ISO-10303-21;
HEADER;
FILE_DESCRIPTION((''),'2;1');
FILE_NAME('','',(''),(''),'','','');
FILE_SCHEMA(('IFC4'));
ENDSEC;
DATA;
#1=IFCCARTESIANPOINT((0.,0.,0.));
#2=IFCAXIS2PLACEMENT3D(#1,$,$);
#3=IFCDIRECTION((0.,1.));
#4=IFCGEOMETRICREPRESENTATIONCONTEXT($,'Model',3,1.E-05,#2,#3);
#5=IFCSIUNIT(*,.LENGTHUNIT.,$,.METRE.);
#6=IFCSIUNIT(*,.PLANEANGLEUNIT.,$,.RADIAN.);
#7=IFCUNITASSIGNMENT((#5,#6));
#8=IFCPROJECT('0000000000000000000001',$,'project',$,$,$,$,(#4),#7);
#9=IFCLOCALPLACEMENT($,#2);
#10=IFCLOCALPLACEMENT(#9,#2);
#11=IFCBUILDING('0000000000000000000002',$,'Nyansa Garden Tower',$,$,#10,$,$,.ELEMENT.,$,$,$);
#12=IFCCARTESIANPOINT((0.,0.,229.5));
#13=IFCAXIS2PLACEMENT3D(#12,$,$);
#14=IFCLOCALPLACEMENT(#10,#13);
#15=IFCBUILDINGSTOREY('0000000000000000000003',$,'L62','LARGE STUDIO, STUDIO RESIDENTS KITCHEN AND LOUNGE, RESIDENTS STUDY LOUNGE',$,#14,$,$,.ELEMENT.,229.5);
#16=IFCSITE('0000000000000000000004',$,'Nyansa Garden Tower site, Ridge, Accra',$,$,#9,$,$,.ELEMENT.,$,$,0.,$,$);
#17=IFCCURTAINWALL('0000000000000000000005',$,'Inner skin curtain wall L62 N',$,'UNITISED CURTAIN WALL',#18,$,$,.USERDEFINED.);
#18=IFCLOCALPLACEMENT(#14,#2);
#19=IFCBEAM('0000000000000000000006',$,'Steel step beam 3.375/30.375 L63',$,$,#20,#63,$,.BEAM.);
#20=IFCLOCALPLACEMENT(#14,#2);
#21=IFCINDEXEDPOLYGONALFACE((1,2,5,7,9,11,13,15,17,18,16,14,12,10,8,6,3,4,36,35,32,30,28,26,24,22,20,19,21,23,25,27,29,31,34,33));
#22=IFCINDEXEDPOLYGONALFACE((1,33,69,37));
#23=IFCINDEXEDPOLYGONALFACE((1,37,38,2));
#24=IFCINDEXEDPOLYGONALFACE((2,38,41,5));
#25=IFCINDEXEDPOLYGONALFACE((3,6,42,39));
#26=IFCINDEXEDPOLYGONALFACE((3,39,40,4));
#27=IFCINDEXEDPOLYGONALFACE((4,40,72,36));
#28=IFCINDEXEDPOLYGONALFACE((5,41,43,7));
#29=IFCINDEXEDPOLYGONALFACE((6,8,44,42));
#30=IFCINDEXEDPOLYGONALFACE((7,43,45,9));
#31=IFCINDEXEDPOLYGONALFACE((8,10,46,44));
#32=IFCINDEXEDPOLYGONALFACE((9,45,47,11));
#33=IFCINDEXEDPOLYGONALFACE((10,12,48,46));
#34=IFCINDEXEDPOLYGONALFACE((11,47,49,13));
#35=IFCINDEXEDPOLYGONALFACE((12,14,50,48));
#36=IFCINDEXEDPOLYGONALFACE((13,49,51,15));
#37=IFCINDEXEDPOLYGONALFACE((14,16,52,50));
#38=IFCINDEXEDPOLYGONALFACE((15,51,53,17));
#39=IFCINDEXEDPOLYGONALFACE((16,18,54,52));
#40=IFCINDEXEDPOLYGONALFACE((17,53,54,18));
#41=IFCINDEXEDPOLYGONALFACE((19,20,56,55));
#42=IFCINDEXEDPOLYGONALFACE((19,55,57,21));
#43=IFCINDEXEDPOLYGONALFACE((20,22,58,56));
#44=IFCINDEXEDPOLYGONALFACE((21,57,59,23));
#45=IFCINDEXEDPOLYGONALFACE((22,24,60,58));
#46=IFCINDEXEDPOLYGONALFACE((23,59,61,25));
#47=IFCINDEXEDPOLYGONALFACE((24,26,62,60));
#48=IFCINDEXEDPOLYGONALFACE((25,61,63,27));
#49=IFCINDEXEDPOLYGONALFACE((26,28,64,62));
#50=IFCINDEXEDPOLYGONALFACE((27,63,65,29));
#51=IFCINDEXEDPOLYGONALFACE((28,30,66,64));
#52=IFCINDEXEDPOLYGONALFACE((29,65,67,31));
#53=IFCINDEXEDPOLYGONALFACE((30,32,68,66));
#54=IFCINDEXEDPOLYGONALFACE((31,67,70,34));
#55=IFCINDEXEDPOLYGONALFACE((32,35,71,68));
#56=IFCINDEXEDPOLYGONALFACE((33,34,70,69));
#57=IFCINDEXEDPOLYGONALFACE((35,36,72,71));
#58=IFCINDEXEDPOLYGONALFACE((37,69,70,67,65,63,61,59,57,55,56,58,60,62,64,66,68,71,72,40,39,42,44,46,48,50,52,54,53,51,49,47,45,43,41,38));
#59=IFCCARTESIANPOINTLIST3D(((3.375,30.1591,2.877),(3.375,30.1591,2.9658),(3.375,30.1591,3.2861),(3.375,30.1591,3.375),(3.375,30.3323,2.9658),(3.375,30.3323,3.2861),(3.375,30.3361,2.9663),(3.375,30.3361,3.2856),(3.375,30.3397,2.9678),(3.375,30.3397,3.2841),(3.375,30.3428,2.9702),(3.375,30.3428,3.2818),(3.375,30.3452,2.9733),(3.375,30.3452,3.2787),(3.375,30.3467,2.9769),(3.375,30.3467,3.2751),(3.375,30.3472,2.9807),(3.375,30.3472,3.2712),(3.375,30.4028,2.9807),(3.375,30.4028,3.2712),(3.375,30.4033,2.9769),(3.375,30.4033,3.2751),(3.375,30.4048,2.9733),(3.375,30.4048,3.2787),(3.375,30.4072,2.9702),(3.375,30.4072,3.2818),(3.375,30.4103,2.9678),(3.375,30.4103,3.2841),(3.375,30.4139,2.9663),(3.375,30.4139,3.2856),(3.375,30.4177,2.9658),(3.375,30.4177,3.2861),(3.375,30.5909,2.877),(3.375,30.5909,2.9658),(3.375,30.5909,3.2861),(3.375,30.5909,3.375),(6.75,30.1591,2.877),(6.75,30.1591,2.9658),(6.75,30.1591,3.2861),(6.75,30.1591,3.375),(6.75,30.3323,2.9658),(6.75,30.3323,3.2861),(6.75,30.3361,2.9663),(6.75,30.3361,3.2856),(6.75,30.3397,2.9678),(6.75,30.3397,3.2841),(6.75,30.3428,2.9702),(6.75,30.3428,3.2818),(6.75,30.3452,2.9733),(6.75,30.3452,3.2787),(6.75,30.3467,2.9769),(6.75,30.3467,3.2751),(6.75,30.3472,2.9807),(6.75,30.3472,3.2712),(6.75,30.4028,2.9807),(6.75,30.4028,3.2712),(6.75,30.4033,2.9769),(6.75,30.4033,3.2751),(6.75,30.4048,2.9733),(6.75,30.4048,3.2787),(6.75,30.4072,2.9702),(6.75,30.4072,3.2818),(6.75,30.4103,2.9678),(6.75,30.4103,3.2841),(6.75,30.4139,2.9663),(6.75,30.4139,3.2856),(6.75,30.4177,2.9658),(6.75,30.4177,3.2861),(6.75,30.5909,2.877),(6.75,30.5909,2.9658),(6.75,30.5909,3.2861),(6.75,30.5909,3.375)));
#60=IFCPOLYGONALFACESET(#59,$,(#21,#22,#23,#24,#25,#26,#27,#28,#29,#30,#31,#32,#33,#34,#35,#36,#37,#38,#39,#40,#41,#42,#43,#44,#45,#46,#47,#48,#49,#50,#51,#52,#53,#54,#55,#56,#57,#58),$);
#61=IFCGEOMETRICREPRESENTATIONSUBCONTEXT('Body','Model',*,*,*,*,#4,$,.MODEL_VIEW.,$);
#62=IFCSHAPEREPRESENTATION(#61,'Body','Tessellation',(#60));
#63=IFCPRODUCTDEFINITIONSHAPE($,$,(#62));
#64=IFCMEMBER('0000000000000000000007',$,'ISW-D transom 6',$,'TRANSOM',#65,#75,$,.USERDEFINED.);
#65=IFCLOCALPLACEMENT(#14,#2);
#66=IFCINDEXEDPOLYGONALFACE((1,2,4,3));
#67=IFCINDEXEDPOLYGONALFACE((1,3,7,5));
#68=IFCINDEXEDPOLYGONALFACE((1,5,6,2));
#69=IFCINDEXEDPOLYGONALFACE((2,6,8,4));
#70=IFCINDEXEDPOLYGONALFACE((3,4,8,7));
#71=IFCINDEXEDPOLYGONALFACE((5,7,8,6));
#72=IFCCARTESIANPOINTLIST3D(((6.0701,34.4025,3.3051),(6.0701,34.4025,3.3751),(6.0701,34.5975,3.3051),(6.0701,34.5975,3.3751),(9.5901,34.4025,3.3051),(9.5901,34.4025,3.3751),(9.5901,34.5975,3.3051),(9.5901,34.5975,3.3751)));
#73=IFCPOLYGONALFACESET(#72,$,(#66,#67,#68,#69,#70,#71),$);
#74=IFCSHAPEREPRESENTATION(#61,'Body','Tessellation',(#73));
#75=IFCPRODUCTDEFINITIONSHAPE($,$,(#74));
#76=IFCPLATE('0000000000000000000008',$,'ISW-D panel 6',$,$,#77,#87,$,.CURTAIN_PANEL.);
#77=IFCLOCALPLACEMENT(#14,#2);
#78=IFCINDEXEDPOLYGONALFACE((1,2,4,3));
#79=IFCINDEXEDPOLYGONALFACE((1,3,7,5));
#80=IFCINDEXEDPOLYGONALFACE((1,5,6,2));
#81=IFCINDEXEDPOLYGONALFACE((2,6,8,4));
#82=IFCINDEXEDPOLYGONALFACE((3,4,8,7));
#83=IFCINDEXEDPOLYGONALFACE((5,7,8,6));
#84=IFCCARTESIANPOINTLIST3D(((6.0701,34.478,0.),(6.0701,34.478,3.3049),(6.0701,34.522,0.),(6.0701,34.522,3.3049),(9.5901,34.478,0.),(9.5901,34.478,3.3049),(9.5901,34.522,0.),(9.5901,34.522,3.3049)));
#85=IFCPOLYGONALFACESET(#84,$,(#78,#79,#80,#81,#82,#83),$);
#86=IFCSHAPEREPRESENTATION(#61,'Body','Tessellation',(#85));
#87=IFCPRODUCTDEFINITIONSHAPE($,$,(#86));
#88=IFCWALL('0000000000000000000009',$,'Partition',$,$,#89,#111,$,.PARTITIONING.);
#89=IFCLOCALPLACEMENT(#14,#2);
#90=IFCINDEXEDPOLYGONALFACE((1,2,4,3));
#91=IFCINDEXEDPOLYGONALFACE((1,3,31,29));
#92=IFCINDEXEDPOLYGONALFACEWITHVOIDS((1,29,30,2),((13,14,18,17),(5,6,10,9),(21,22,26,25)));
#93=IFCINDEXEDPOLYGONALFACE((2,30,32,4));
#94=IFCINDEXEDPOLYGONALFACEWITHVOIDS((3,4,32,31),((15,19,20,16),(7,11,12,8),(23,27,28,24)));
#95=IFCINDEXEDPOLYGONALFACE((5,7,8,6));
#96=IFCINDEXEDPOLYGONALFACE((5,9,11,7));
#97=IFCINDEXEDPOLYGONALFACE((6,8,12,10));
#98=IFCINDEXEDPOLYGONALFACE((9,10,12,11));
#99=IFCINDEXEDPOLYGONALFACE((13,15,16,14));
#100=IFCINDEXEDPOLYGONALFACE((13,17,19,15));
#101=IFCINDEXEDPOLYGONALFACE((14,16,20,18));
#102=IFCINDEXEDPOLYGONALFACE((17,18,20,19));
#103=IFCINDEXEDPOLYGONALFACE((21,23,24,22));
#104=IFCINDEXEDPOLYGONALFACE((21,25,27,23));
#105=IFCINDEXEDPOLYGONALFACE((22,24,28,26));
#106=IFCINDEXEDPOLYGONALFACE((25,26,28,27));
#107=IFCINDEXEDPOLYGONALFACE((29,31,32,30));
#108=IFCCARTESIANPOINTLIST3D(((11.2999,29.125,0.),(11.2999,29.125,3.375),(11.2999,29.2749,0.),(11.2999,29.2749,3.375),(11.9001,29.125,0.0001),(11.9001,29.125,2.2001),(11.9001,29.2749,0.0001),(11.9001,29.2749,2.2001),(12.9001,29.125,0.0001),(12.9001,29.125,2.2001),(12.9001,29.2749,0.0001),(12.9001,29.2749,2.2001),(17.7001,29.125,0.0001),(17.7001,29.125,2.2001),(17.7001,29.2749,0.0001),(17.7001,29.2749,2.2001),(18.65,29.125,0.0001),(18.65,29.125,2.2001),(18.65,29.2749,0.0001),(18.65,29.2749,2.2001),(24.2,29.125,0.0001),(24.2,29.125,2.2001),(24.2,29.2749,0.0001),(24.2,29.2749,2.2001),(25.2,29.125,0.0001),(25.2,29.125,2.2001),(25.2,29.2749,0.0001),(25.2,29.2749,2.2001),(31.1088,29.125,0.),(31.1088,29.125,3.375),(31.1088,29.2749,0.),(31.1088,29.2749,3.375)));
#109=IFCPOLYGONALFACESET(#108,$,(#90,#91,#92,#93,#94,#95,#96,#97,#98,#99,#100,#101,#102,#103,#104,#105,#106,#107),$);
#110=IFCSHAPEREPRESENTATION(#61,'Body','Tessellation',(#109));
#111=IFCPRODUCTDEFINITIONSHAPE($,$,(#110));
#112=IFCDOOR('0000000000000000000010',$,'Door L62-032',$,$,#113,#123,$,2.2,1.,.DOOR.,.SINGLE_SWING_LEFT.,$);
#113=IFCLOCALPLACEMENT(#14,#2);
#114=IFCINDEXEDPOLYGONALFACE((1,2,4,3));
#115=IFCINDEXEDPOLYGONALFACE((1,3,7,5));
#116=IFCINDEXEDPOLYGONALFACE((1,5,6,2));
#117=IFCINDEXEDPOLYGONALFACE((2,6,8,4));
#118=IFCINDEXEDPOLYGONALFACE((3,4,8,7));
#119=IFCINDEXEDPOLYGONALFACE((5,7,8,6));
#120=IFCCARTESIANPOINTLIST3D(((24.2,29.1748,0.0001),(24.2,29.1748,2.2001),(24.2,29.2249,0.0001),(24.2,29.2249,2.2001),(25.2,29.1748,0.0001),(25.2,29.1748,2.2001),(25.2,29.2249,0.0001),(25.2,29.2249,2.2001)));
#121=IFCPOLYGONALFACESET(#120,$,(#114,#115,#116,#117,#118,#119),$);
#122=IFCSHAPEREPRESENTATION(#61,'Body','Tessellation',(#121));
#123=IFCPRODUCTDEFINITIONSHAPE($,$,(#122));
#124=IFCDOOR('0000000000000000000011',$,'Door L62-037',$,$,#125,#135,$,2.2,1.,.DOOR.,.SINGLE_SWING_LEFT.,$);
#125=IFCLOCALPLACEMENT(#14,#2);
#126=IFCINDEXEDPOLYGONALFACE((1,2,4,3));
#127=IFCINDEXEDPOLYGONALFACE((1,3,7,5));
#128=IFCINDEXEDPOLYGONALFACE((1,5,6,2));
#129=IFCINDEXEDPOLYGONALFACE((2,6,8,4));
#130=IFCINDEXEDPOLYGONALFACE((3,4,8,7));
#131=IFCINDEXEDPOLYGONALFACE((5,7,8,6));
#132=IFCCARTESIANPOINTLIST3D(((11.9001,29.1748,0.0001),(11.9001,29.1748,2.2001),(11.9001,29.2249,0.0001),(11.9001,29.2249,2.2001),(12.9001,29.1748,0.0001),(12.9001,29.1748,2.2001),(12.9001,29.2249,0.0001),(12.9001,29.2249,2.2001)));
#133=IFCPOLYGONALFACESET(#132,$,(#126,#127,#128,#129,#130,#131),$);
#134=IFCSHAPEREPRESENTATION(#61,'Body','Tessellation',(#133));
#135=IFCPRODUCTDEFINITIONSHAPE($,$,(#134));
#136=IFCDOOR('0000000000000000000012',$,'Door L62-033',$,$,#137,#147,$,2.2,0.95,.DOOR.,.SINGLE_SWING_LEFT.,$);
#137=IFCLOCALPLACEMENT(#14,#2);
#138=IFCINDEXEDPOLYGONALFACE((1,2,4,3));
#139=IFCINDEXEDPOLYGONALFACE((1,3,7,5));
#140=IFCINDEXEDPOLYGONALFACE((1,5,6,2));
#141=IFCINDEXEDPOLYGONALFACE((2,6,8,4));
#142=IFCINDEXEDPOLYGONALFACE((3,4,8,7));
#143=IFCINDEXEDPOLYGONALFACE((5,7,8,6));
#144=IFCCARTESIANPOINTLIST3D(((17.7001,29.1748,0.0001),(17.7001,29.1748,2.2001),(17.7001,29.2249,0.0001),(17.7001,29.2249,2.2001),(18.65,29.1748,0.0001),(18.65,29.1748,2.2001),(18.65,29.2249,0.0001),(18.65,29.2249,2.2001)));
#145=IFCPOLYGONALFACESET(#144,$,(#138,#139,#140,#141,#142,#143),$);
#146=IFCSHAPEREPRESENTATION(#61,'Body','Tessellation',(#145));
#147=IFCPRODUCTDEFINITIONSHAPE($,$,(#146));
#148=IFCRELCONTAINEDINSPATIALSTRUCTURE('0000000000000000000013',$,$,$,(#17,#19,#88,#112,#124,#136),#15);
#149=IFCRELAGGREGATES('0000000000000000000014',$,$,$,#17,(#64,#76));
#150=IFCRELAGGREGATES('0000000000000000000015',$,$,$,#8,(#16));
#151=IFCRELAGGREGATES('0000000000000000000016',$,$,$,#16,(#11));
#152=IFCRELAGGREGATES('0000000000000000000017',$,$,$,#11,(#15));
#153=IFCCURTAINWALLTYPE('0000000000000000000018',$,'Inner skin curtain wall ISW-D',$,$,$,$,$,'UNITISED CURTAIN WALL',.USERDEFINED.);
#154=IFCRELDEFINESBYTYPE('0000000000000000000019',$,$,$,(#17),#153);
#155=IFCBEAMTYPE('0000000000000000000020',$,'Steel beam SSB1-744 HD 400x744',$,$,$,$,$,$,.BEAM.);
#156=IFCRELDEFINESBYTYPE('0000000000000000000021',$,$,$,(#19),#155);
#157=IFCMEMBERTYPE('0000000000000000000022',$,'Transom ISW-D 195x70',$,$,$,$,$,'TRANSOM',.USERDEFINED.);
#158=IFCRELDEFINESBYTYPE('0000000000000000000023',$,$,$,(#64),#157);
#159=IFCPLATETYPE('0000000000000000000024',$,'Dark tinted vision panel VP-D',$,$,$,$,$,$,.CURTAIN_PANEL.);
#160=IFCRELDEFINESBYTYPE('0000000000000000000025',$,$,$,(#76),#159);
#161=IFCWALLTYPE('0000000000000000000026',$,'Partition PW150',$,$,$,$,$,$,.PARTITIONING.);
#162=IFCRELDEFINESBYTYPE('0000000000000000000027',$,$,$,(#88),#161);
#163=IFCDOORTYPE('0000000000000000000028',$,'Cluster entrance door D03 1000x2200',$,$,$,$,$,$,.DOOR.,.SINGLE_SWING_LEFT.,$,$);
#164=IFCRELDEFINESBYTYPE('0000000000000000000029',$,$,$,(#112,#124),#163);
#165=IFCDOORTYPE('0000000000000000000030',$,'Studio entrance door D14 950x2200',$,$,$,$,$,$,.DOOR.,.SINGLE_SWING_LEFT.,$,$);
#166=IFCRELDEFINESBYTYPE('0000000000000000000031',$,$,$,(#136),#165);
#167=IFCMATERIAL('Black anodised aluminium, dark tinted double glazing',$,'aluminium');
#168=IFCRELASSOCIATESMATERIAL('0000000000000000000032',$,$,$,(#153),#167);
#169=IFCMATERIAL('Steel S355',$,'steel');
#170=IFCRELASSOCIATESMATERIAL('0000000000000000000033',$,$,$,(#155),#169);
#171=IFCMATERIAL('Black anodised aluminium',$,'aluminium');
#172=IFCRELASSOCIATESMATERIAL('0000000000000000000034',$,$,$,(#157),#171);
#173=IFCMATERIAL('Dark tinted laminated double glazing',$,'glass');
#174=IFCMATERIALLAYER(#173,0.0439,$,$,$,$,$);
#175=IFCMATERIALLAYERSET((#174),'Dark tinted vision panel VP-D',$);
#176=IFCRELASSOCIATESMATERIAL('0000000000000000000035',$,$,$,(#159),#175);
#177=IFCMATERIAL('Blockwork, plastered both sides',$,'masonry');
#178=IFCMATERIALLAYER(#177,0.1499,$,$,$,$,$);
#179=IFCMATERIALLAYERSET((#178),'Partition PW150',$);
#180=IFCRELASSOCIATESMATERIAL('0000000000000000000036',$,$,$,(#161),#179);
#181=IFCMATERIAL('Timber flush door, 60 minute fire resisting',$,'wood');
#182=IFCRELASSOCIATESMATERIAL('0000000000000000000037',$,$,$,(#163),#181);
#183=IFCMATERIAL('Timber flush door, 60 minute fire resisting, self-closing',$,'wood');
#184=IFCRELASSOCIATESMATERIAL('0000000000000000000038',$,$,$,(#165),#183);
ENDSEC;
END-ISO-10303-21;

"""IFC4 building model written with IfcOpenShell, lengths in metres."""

from ifc_helpers import new_model, si_unit, direction, frame, frame_2d, origin, origin_2d, place, context, subcontext, project, spatial, rectangle, i_section, extrude, material, layer, layer_set, material_profile, profile_set, type_object, element, fill, aggregate, save


model = new_model("IFC4")

# Units and contexts
model_context = context("Model", 3, precision=1e-05, world=origin(), true_north=direction((0.0, 1.0)))
body_context = subcontext(model_context, "Body", "Model", "MODEL_VIEW")
ifc_project = project(units=[si_unit("LENGTHUNIT", "METRE"), si_unit("PLANEANGLEUNIT", "RADIAN")], contexts=[model_context])

# Site, building, storey
site_placement = place(None, origin())
site = spatial("IfcSite", under=ifc_project, at=site_placement, Name="Nyansa Garden Tower site, Ridge, Accra", CompositionType="ELEMENT", RefElevation=0.0)
building_placement = place(site_placement, origin())
building = spatial("IfcBuilding", under=site, at=building_placement, Name="Nyansa Garden Tower", CompositionType="ELEMENT")
storey_placement = place(building_placement, frame((0.0, 0.0, 229.5)))
storey = spatial("IfcBuildingStorey", under=building, at=storey_placement, Name="L62", Description="LARGE STUDIO, STUDIO RESIDENTS KITCHEN AND LOUNGE, RESIDENTS STUDY LOUNGE", CompositionType="ELEMENT", Elevation=229.5)

# Curtain wall
ifc_material_1 = material(Name="Black anodised aluminium, dark tinted double glazing", Category="aluminium")
curtain_wall_type = type_object("IfcCurtainWallType", Name="Inner skin curtain wall ISW-D", ElementType="UNITISED CURTAIN WALL", PredefinedType="USERDEFINED", material=ifc_material_1)
curtain_wall_placement = place(storey_placement, origin())
curtain_wall = element("IfcCurtainWall", 1, at=curtain_wall_placement, inside=storey, type_object=curtain_wall_type, Name="Inner skin curtain wall L62 N", ObjectType="UNITISED CURTAIN WALL", PredefinedType="USERDEFINED")

# Beam
ifc_material_2 = material(Name="Steel S355", Category="steel")
ifc_material_profile_1 = material_profile(ifc_material_2, i_section(OverallWidth=0.4319, OverallDepth=0.498, WebThickness=0.0557, FlangeThickness=0.0889, FilletRadius=0.0149, at=origin_2d()), Name="HD 400x744")
ifc_profile_set_1 = profile_set([ifc_material_profile_1], Name="Steel S355")
beam_type_1 = type_object("IfcBeamType", Name="Steel beam SSB1-744 HD 400x744", PredefinedType="BEAM", material=ifc_profile_set_1)
for number, where, z_axis, x_axis, name in (
    (2, (3.375, 30.375, 3.126), (1.0, 0.0, 0.0), (0.0, 1.0, 0.0), "Steel step beam 3.375/30.375 L63"),
):
    element("IfcBeam", number, at=place(storey_placement, frame(where, z_axis=z_axis, x_axis=x_axis)), inside=storey, type_object=beam_type_1, Name=name, PredefinedType="BEAM", context=body_context, shape_type="SweptSolid", body=[
        extrude(i_section(OverallWidth=0.4319, OverallDepth=0.498, WebThickness=0.0557, FlangeThickness=0.0889, FilletRadius=0.0149, at=origin_2d()), origin(), (0.0, 0.0, 1.0), 3.375),
    ])

# Member
ifc_material_3 = material(Name="Black anodised aluminium", Category="aluminium")
ifc_material_profile_2 = material_profile(ifc_material_3, rectangle(XDim=0.1951, YDim=0.0701, at=origin_2d()), Name="Transom 195x70")
ifc_profile_set_2 = profile_set([ifc_material_profile_2], Name="Black anodised aluminium")
member_type_1 = type_object("IfcMemberType", Name="Transom ISW-D 195x70", ElementType="TRANSOM", PredefinedType="USERDEFINED", material=ifc_profile_set_2)
member_1_placement = place(storey_placement, frame((9.5901, 34.5, 3.3401), z_axis=(-1.0, 0.0, 0.0), x_axis=(0.0, -1.0, 0.0)))
member_1 = element("IfcMember", 3, at=member_1_placement, type_object=member_type_1, Name="ISW-D transom 6", ObjectType="TRANSOM", PredefinedType="USERDEFINED", context=body_context, shape_type="SweptSolid", body=[
    extrude(rectangle(XDim=0.1951, YDim=0.0701, at=origin_2d()), origin(), (0.0, 0.0, 1.0), 3.52),
])

# Plate
ifc_material_4 = material(Name="Dark tinted laminated double glazing", Category="glass")
ifc_layer_1 = layer(ifc_material_4, 0.0439)
ifc_layer_set_1 = layer_set([ifc_layer_1], Name="Dark tinted vision panel VP-D")
plate_type = type_object("IfcPlateType", Name="Dark tinted vision panel VP-D", PredefinedType="CURTAIN_PANEL", material=ifc_layer_set_1)
plate_placement = place(storey_placement, frame((7.8301, 34.5, 0.0), z_axis=(0.0, 0.0, 1.0), x_axis=(-1.0, 0.0, 0.0)))
plate = element("IfcPlate", 4, at=plate_placement, type_object=plate_type, Name="ISW-D panel 6", PredefinedType="CURTAIN_PANEL", context=body_context, shape_type="SweptSolid", body=[
    extrude(rectangle(XDim=3.52, YDim=0.0439, at=origin_2d()), origin(), (0.0, 0.0, 1.0), 3.3049),
])
aggregate(curtain_wall, [member_1, plate])

# Wall, openings, doors
ifc_material_5 = material(Name="Blockwork, plastered both sides", Category="masonry")
ifc_layer_2 = layer(ifc_material_5, 0.1499)
ifc_layer_set_2 = layer_set([ifc_layer_2], Name="Partition PW150")
wall_type_1 = type_object("IfcWallType", Name="Partition PW150", PredefinedType="PARTITIONING", material=ifc_layer_set_2)
wall_1_placement = place(storey_placement, frame((11.3, 29.2, 0.0), z_axis=(0.0, 0.0, 1.0), x_axis=(1.0, 0.0, 0.0)))
wall_1 = element("IfcWall", 5, at=wall_1_placement, inside=storey, type_object=wall_type_1, Name="Partition", PredefinedType="PARTITIONING", context=body_context, shape_type="SweptSolid", body=[
    extrude(rectangle(XDim=19.8088, YDim=0.1499, at=frame_2d((9.9043, 0.0))), origin(), (0.0, 0.0, 1.0), 3.375),
])
opening_1_placement = place(wall_1_placement, frame((12.8999, 0.0, 0.0)))
opening_1 = element("IfcOpeningElement", 6, at=opening_1_placement, cuts=wall_1, PredefinedType="OPENING", context=body_context, shape_type="SweptSolid", body=[
    extrude(rectangle(XDim=1.0, YDim=2.2, at=frame_2d((0.5, 1.1001))), frame((0.0, 0.085, 0.0), z_axis=(0.0, -1.0, 0.0), x_axis=(1.0, 0.0, 0.0)), (0.0, 0.0, 1.0), 0.1699),
])
opening_2_placement = place(wall_1_placement, frame((6.3999, 0.0, 0.0)))
opening_2 = element("IfcOpeningElement", 7, at=opening_2_placement, cuts=wall_1, PredefinedType="OPENING", context=body_context, shape_type="SweptSolid", body=[
    extrude(rectangle(XDim=0.95, YDim=2.2, at=frame_2d((0.4751, 1.1001))), frame((0.0, 0.085, 0.0), z_axis=(0.0, -1.0, 0.0), x_axis=(1.0, 0.0, 0.0)), (0.0, 0.0, 1.0), 0.1699),
])
opening_3_placement = place(wall_1_placement, frame((0.6001, 0.0, 0.0)))
opening_3 = element("IfcOpeningElement", 8, at=opening_3_placement, cuts=wall_1, PredefinedType="OPENING", context=body_context, shape_type="SweptSolid", body=[
    extrude(rectangle(XDim=1.0, YDim=2.2, at=frame_2d((0.5, 1.1001))), frame((0.0, 0.085, 0.0), z_axis=(0.0, -1.0, 0.0), x_axis=(1.0, 0.0, 0.0)), (0.0, 0.0, 1.0), 0.1699),
])
ifc_material_6 = material(Name="Timber flush door, 60 minute fire resisting", Category="wood")
door_type_1 = type_object("IfcDoorType", Name="Cluster entrance door D03 1000x2200", OperationType="SINGLE_SWING_LEFT", PredefinedType="DOOR", material=ifc_material_6)
door_1_placement = place(opening_1_placement, origin())
door_1 = element("IfcDoor", 9, at=door_1_placement, inside=storey, type_object=door_type_1, Name="Door L62-032", OperationType="SINGLE_SWING_LEFT", OverallHeight=2.2, OverallWidth=1.0, PredefinedType="DOOR", context=body_context, shape_type="SweptSolid", body=[
    extrude(rectangle(XDim=1.0, YDim=2.2, at=frame_2d((0.5, 1.1001))), frame((0.0, 0.0249, 0.0), z_axis=(0.0, -1.0, 0.0), x_axis=(1.0, 0.0, 0.0)), (0.0, 0.0, 1.0), 0.05),
])
fill(opening_1, door_1)
door_2_placement = place(opening_3_placement, origin())
door_2 = element("IfcDoor", 10, at=door_2_placement, inside=storey, type_object=door_type_1, Name="Door L62-037", OperationType="SINGLE_SWING_LEFT", OverallHeight=2.2, OverallWidth=1.0, PredefinedType="DOOR", context=body_context, shape_type="SweptSolid", body=[
    extrude(rectangle(XDim=1.0, YDim=2.2, at=frame_2d((0.5, 1.1001))), frame((0.0, 0.0249, 0.0), z_axis=(0.0, -1.0, 0.0), x_axis=(1.0, 0.0, 0.0)), (0.0, 0.0, 1.0), 0.05),
])
fill(opening_3, door_2)
ifc_material_7 = material(Name="Timber flush door, 60 minute fire resisting, self-closing", Category="wood")
door_type_2 = type_object("IfcDoorType", Name="Studio entrance door D14 950x2200", OperationType="SINGLE_SWING_LEFT", PredefinedType="DOOR", material=ifc_material_7)
door_3_placement = place(opening_2_placement, origin())
door_3 = element("IfcDoor", 11, at=door_3_placement, inside=storey, type_object=door_type_2, Name="Door L62-033", OperationType="SINGLE_SWING_LEFT", OverallHeight=2.2, OverallWidth=0.95, PredefinedType="DOOR", context=body_context, shape_type="SweptSolid", body=[
    extrude(rectangle(XDim=0.95, YDim=2.2, at=frame_2d((0.4751, 1.1001))), frame((0.0, 0.0249, 0.0), z_axis=(0.0, -1.0, 0.0), x_axis=(1.0, 0.0, 0.0)), (0.0, 0.0, 1.0), 0.05),
])
fill(opening_2, door_3)

save(model, "model.ifc")
